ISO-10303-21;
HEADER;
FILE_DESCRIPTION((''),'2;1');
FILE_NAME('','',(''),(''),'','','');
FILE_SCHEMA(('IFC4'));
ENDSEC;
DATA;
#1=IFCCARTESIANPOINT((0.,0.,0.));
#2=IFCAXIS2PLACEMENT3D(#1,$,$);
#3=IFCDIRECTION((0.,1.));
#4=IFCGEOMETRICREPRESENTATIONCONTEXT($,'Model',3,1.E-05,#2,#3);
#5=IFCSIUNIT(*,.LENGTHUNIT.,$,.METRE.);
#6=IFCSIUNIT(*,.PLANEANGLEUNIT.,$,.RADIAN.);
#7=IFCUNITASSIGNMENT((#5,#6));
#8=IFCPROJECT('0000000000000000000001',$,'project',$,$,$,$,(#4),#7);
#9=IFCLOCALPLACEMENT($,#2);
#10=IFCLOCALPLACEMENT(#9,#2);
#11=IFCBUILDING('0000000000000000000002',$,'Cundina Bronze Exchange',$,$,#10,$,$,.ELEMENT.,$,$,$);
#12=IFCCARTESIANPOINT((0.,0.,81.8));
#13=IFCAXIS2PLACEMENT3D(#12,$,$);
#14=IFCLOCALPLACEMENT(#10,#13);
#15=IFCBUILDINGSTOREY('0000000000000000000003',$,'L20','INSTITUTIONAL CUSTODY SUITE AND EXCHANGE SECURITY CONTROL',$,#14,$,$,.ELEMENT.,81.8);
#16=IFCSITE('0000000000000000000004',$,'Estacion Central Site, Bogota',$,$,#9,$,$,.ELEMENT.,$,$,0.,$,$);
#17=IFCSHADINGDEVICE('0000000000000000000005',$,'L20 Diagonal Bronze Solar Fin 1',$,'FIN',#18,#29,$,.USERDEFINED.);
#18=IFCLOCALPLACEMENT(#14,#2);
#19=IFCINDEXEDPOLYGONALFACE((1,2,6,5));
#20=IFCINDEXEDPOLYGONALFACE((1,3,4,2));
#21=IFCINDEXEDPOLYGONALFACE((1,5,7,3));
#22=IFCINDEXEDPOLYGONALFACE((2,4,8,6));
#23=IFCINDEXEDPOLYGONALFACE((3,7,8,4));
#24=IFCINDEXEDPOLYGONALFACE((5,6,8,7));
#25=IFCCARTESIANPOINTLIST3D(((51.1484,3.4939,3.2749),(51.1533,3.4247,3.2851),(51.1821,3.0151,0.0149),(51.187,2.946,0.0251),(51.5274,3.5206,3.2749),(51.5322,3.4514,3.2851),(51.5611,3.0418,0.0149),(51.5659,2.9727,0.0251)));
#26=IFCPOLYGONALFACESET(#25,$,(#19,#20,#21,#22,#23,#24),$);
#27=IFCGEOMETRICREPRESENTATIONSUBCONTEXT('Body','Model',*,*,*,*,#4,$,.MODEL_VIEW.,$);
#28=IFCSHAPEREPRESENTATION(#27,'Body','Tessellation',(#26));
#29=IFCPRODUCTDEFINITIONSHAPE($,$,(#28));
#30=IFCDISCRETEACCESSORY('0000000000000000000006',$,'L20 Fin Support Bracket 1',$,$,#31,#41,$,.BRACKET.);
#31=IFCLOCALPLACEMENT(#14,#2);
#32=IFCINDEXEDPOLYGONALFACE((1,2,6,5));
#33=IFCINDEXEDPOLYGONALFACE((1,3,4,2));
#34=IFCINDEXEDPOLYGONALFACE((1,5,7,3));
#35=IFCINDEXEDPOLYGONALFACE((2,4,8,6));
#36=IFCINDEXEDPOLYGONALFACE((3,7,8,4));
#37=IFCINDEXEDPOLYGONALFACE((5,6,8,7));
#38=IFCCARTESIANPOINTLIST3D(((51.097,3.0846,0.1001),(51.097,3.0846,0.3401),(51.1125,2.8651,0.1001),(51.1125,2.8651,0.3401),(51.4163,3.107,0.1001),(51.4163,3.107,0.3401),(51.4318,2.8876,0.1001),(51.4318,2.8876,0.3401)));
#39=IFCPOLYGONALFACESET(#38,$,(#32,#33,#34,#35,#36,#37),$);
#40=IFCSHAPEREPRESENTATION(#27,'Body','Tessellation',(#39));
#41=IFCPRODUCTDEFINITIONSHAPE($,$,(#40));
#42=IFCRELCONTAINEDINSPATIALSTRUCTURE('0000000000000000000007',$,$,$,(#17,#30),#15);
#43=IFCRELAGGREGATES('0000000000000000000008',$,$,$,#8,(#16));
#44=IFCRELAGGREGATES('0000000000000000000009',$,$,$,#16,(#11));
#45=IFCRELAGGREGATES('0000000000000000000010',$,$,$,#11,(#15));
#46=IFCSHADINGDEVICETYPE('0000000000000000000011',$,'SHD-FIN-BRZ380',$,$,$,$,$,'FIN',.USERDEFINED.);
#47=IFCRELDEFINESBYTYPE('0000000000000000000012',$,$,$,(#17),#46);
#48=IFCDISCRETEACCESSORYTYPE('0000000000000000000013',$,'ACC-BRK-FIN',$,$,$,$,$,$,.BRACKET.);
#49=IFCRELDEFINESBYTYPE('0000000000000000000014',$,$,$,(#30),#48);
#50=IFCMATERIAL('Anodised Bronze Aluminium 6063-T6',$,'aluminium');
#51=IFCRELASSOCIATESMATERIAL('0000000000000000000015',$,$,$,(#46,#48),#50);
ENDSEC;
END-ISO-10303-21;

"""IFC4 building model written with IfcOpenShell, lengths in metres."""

from ifc_helpers import new_model, si_unit, direction, frame, origin, origin_2d, place, context, subcontext, project, spatial, rectangle, extrude, material, material_profile, profile_set, type_object, element, save


model = new_model("IFC4")

# Units and contexts
model_context = context("Model", 3, precision=1e-05, world=origin(), true_north=direction((0.0, 1.0)))
body_context = subcontext(model_context, "Body", "Model", "MODEL_VIEW")
ifc_project = project(units=[si_unit("LENGTHUNIT", "METRE"), si_unit("PLANEANGLEUNIT", "RADIAN")], contexts=[model_context])

# Site, building, storey
site_placement = place(None, origin())
site = spatial("IfcSite", under=ifc_project, at=site_placement, Name="Estacion Central Site, Bogota", CompositionType="ELEMENT", RefElevation=0.0)
building_placement = place(site_placement, origin())
building = spatial("IfcBuilding", under=site, at=building_placement, Name="Cundina Bronze Exchange", CompositionType="ELEMENT")
storey_placement = place(building_placement, frame((0.0, 0.0, 81.8)))
storey = spatial("IfcBuildingStorey", under=building, at=storey_placement, Name="L20", Description="INSTITUTIONAL CUSTODY SUITE AND EXCHANGE SECURITY CONTROL", CompositionType="ELEMENT", Elevation=81.8)

# Shared definitions
ifc_material_1 = material(Name="Anodised Bronze Aluminium 6063-T6", Category="aluminium")

# Shading device
ifc_material_profile_1 = material_profile(ifc_material_1, rectangle(XDim=0.0701, YDim=0.3799, at=origin_2d()), Name="FIN70X380", Category="aluminium")
ifc_profile_set_1 = profile_set([ifc_material_profile_1], Name="Anodised Bronze Aluminium 6063-T6")
shading_device_type = type_object("IfcShadingDeviceType", Name="SHD-FIN-BRZ380", ElementType="FIN", PredefinedType="USERDEFINED", material=ifc_profile_set_1)
shading_device_placement = place(storey_placement, frame((51.374, 2.9939, 0.02), z_axis=(-0.010225, 0.145292, 0.989336), x_axis=(0.06945, -0.986895, 0.145652)))
element("IfcShadingDevice", 1, at=shading_device_placement, inside=storey, type_object=shading_device_type, Name="L20 Diagonal Bronze Solar Fin 1", ObjectType="FIN", PredefinedType="USERDEFINED", context=body_context, shape_type="SweptSolid", body=[
    extrude(rectangle(XDim=0.0701, YDim=0.3799, at=origin_2d()), origin(), (0.0, 0.0, 1.0), 3.2952),
])

# Discrete accessory
discrete_accessory_type = type_object("IfcDiscreteAccessoryType", Name="ACC-BRK-FIN", PredefinedType="BRACKET", material=ifc_material_1)
discrete_accessory_placement = place(storey_placement, frame((51.2644, 2.9861, 0.1001), z_axis=(0.0, 0.0, 1.0), x_axis=(-0.070279, 0.997527, 0.0)))
element("IfcDiscreteAccessory", 2, at=discrete_accessory_placement, inside=storey, type_object=discrete_accessory_type, Name="L20 Fin Support Bracket 1", PredefinedType="BRACKET", context=body_context, shape_type="SweptSolid", body=[
    extrude(rectangle(XDim=0.22, YDim=0.3201, at=origin_2d()), origin(), (0.0, 0.0, 1.0), 0.24),
])

save(model, "model.ifc")
